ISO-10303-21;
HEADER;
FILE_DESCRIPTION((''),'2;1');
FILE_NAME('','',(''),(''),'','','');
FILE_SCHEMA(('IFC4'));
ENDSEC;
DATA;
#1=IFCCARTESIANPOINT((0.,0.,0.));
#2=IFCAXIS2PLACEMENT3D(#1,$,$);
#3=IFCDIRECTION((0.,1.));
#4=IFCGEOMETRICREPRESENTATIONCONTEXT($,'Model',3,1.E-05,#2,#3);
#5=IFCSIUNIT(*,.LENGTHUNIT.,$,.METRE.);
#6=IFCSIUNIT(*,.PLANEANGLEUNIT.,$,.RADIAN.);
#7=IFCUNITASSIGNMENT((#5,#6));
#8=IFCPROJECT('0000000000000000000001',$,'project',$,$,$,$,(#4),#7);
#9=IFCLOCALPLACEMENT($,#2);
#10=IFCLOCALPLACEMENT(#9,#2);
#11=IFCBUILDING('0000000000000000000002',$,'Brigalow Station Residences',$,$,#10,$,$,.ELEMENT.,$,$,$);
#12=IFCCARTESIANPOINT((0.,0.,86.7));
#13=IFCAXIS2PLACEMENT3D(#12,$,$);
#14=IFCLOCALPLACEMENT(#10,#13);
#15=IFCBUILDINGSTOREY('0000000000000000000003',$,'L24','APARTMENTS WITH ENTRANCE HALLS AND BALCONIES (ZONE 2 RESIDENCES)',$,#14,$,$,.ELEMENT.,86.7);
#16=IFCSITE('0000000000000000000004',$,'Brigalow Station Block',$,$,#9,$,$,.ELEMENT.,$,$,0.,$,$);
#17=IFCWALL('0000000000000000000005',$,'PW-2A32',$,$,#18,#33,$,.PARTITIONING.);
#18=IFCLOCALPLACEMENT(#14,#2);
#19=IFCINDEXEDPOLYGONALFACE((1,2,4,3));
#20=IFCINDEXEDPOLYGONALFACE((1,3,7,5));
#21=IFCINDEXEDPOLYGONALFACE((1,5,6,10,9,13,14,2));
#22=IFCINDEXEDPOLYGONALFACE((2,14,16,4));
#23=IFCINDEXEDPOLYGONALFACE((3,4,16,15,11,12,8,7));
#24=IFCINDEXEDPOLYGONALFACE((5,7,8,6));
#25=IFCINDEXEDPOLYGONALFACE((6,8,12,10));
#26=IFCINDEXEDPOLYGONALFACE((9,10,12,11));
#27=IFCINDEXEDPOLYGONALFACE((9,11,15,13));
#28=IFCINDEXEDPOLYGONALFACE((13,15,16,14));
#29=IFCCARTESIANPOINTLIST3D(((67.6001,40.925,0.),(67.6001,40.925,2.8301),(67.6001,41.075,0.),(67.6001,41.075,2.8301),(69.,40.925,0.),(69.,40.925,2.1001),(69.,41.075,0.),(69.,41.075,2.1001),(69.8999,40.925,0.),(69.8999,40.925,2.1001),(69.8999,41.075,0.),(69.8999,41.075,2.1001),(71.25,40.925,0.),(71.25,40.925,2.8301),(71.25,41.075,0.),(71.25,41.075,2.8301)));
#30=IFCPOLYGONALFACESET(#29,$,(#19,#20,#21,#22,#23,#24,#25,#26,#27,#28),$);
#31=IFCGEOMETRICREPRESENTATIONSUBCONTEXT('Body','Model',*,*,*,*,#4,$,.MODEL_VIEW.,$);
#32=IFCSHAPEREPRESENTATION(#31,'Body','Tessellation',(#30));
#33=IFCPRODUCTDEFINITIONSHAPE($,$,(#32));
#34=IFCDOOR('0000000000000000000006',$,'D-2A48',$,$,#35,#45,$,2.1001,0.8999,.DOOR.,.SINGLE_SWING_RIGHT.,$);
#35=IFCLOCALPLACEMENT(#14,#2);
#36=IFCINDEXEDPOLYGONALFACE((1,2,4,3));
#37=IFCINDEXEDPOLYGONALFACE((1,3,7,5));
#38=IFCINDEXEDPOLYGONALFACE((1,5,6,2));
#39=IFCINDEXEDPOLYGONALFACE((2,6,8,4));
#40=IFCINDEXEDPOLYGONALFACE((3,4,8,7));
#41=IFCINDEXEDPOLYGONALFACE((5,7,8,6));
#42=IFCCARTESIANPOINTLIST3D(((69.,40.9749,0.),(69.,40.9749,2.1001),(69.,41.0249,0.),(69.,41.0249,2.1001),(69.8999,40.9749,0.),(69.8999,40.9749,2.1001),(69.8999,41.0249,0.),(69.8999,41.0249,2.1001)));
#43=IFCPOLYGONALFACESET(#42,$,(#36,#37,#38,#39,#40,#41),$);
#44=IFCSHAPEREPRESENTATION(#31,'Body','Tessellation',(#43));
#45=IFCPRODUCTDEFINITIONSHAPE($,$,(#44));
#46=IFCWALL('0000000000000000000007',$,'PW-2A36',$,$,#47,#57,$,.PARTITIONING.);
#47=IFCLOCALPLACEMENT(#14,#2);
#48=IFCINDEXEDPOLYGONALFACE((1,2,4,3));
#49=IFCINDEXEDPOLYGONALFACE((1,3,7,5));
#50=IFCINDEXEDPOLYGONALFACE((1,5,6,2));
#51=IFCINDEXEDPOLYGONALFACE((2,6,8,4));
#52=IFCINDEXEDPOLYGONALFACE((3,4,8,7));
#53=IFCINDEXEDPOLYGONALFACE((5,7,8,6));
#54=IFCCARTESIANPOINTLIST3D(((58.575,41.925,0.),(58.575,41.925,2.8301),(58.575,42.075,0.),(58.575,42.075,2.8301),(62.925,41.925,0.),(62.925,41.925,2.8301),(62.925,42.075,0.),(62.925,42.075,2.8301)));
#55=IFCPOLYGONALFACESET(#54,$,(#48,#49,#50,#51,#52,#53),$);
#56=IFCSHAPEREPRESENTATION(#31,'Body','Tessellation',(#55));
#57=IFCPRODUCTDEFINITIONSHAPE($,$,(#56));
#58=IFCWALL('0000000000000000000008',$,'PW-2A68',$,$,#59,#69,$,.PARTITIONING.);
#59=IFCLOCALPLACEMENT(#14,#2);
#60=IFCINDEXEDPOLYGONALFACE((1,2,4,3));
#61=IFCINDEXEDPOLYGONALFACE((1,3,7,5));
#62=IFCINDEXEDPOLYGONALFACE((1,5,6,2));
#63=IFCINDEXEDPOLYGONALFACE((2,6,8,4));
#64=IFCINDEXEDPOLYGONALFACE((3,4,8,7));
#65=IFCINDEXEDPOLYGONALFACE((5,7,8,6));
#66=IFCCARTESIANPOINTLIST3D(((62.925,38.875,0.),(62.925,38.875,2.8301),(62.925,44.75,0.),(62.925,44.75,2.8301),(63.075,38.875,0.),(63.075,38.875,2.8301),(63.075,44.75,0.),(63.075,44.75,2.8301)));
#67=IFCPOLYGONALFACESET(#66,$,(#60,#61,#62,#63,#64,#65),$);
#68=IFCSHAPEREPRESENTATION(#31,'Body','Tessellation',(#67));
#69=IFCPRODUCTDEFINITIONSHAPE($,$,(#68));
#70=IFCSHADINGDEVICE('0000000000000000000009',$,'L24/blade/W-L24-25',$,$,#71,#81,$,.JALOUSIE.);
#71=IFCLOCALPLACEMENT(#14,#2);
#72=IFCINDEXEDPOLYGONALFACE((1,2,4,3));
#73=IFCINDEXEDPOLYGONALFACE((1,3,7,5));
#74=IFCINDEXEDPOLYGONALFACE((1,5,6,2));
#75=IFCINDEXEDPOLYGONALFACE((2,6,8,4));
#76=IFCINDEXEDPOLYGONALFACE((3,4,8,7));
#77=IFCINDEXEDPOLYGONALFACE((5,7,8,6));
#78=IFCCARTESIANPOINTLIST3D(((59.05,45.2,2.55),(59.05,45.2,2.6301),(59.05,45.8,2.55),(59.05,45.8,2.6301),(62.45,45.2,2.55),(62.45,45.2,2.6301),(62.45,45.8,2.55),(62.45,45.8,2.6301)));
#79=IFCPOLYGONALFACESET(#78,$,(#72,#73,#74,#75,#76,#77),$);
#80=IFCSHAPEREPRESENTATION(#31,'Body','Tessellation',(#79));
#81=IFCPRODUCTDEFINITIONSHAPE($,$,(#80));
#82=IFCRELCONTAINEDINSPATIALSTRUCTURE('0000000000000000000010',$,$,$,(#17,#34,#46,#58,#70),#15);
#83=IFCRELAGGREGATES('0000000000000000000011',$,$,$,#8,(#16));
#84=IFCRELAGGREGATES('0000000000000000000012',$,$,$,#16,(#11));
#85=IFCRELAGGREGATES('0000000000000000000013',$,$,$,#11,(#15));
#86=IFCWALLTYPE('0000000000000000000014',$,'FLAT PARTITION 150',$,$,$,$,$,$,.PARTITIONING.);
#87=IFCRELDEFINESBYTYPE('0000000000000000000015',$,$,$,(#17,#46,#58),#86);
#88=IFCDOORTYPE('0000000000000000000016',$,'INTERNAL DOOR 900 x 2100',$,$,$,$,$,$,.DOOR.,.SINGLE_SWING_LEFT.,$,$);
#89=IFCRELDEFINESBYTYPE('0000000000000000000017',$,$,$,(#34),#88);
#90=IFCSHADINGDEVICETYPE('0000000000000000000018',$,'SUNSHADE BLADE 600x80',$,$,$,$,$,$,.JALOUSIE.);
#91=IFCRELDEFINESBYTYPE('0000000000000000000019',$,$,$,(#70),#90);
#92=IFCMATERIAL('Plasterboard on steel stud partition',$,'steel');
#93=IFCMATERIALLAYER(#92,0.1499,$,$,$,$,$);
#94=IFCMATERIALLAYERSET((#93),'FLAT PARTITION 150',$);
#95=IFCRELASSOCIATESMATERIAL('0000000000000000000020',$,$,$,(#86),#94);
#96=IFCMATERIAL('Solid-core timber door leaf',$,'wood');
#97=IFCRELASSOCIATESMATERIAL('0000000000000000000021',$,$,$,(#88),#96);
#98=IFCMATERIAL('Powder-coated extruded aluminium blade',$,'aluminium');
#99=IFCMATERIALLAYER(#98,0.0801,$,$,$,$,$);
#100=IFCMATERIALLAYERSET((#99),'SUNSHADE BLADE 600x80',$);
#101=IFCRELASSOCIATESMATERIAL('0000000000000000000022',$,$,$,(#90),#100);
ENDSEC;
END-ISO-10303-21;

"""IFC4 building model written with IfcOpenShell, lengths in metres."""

from ifc_helpers import new_model, si_unit, direction, frame, frame_2d, origin, origin_2d, place, context, subcontext, project, spatial, rectangle, extrude, material, layer, layer_set, type_object, element, fill, save


model = new_model("IFC4")

# Units and contexts
model_context = context("Model", 3, precision=1e-05, world=origin(), true_north=direction((0.0, 1.0)))
body_context = subcontext(model_context, "Body", "Model", "MODEL_VIEW")
ifc_project = project(units=[si_unit("LENGTHUNIT", "METRE"), si_unit("PLANEANGLEUNIT", "RADIAN")], contexts=[model_context])

# Site, building, storey
site_placement = place(None, origin())
site = spatial("IfcSite", under=ifc_project, at=site_placement, Name="Brigalow Station Block", CompositionType="ELEMENT", RefElevation=0.0)
building_placement = place(site_placement, origin())
building = spatial("IfcBuilding", under=site, at=building_placement, Name="Brigalow Station Residences", CompositionType="ELEMENT")
storey_placement = place(building_placement, frame((0.0, 0.0, 86.7)))
storey = spatial("IfcBuildingStorey", under=building, at=storey_placement, Name="L24", Description="APARTMENTS WITH ENTRANCE HALLS AND BALCONIES (ZONE 2 RESIDENCES)", CompositionType="ELEMENT", Elevation=86.7)

# Wall, opening, door
ifc_material_1 = material(Name="Plasterboard on steel stud partition", Category="steel")
ifc_layer_1 = layer(ifc_material_1, 0.1499)
ifc_layer_set_1 = layer_set([ifc_layer_1], Name="FLAT PARTITION 150")
wall_type_1 = type_object("IfcWallType", Name="FLAT PARTITION 150", PredefinedType="PARTITIONING", material=ifc_layer_set_1)
wall_1_placement = place(storey_placement, frame((67.6001, 41.0, 0.0), z_axis=(0.0, 0.0, 1.0), x_axis=(1.0, 0.0, 0.0)))
wall_1 = element("IfcWall", 1, at=wall_1_placement, inside=storey, type_object=wall_type_1, Name="PW-2A32", PredefinedType="PARTITIONING", context=body_context, shape_type="SweptSolid", body=[
    extrude(rectangle(XDim=3.6499, YDim=0.1499, at=frame_2d((1.825, 0.0))), origin(), (0.0, 0.0, 1.0), 2.8301),
])
opening_1_placement = place(wall_1_placement, frame((1.3999, 0.0, 0.0)))
opening_1 = element("IfcOpeningElement", 2, at=opening_1_placement, cuts=wall_1, PredefinedType="OPENING", context=body_context, shape_type="SweptSolid", body=[
    extrude(rectangle(XDim=0.8999, YDim=2.1001, at=frame_2d((0.45, 1.05))), frame((0.0, 0.085, 0.0), z_axis=(0.0, -1.0, 0.0), x_axis=(1.0, 0.0, 0.0)), (0.0, 0.0, 1.0), 0.1699),
])
ifc_material_2 = material(Name="Solid-core timber door leaf", Category="wood")
door_type_1 = type_object("IfcDoorType", Name="INTERNAL DOOR 900 x 2100", OperationType="SINGLE_SWING_LEFT", PredefinedType="DOOR", material=ifc_material_2)
door_1_placement = place(opening_1_placement, origin())
door_1 = element("IfcDoor", 3, at=door_1_placement, inside=storey, type_object=door_type_1, Name="D-2A48", OperationType="SINGLE_SWING_RIGHT", OverallHeight=2.1001, OverallWidth=0.8999, PredefinedType="DOOR", context=body_context, shape_type="SweptSolid", body=[
    extrude(rectangle(XDim=0.8999, YDim=2.1001, at=frame_2d((0.45, 1.05))), frame((0.0, 0.0249, 0.0), z_axis=(0.0, -1.0, 0.0), x_axis=(1.0, 0.0, 0.0)), (0.0, 0.0, 1.0), 0.05),
])
fill(opening_1, door_1)

# Walls
wall_2_placement = place(storey_placement, frame((58.575, 42.0, 0.0), z_axis=(0.0, 0.0, 1.0), x_axis=(1.0, 0.0, 0.0)))
element("IfcWall", 4, at=wall_2_placement, inside=storey, type_object=wall_type_1, Name="PW-2A36", PredefinedType="PARTITIONING", context=body_context, shape_type="SweptSolid", body=[
    extrude(rectangle(XDim=4.3501, YDim=0.1499, at=frame_2d((2.175, 0.0))), origin(), (0.0, 0.0, 1.0), 2.8301),
])
wall_3_placement = place(storey_placement, frame((63.0, 38.875, 0.0), z_axis=(0.0, 0.0, 1.0), x_axis=(0.0, 1.0, 0.0)))
element("IfcWall", 5, at=wall_3_placement, inside=storey, type_object=wall_type_1, Name="PW-2A68", PredefinedType="PARTITIONING", context=body_context, shape_type="SweptSolid", body=[
    extrude(rectangle(XDim=5.875, YDim=0.1499, at=frame_2d((2.9375, 0.0))), origin(), (0.0, 0.0, 1.0), 2.8301),
])

# Shading device
ifc_material_3 = material(Name="Powder-coated extruded aluminium blade", Category="aluminium")
ifc_layer_2 = layer(ifc_material_3, 0.0801)
ifc_layer_set_2 = layer_set([ifc_layer_2], Name="SUNSHADE BLADE 600x80")
shading_device_type = type_object("IfcShadingDeviceType", Name="SUNSHADE BLADE 600x80", PredefinedType="JALOUSIE", material=ifc_layer_set_2)
shading_device_placement = place(storey_placement, frame((60.75, 45.5, 2.55), z_axis=(0.0, 0.0, 1.0), x_axis=(-1.0, 0.0, 0.0)))
element("IfcShadingDevice", 6, at=shading_device_placement, inside=storey, type_object=shading_device_type, Name="L24/blade/W-L24-25", PredefinedType="JALOUSIE", context=body_context, shape_type="SweptSolid", body=[
    extrude(rectangle(XDim=3.3999, YDim=0.6001, at=origin_2d()), origin(), (0.0, 0.0, 1.0), 0.0801),
])

save(model, "model.ifc")
